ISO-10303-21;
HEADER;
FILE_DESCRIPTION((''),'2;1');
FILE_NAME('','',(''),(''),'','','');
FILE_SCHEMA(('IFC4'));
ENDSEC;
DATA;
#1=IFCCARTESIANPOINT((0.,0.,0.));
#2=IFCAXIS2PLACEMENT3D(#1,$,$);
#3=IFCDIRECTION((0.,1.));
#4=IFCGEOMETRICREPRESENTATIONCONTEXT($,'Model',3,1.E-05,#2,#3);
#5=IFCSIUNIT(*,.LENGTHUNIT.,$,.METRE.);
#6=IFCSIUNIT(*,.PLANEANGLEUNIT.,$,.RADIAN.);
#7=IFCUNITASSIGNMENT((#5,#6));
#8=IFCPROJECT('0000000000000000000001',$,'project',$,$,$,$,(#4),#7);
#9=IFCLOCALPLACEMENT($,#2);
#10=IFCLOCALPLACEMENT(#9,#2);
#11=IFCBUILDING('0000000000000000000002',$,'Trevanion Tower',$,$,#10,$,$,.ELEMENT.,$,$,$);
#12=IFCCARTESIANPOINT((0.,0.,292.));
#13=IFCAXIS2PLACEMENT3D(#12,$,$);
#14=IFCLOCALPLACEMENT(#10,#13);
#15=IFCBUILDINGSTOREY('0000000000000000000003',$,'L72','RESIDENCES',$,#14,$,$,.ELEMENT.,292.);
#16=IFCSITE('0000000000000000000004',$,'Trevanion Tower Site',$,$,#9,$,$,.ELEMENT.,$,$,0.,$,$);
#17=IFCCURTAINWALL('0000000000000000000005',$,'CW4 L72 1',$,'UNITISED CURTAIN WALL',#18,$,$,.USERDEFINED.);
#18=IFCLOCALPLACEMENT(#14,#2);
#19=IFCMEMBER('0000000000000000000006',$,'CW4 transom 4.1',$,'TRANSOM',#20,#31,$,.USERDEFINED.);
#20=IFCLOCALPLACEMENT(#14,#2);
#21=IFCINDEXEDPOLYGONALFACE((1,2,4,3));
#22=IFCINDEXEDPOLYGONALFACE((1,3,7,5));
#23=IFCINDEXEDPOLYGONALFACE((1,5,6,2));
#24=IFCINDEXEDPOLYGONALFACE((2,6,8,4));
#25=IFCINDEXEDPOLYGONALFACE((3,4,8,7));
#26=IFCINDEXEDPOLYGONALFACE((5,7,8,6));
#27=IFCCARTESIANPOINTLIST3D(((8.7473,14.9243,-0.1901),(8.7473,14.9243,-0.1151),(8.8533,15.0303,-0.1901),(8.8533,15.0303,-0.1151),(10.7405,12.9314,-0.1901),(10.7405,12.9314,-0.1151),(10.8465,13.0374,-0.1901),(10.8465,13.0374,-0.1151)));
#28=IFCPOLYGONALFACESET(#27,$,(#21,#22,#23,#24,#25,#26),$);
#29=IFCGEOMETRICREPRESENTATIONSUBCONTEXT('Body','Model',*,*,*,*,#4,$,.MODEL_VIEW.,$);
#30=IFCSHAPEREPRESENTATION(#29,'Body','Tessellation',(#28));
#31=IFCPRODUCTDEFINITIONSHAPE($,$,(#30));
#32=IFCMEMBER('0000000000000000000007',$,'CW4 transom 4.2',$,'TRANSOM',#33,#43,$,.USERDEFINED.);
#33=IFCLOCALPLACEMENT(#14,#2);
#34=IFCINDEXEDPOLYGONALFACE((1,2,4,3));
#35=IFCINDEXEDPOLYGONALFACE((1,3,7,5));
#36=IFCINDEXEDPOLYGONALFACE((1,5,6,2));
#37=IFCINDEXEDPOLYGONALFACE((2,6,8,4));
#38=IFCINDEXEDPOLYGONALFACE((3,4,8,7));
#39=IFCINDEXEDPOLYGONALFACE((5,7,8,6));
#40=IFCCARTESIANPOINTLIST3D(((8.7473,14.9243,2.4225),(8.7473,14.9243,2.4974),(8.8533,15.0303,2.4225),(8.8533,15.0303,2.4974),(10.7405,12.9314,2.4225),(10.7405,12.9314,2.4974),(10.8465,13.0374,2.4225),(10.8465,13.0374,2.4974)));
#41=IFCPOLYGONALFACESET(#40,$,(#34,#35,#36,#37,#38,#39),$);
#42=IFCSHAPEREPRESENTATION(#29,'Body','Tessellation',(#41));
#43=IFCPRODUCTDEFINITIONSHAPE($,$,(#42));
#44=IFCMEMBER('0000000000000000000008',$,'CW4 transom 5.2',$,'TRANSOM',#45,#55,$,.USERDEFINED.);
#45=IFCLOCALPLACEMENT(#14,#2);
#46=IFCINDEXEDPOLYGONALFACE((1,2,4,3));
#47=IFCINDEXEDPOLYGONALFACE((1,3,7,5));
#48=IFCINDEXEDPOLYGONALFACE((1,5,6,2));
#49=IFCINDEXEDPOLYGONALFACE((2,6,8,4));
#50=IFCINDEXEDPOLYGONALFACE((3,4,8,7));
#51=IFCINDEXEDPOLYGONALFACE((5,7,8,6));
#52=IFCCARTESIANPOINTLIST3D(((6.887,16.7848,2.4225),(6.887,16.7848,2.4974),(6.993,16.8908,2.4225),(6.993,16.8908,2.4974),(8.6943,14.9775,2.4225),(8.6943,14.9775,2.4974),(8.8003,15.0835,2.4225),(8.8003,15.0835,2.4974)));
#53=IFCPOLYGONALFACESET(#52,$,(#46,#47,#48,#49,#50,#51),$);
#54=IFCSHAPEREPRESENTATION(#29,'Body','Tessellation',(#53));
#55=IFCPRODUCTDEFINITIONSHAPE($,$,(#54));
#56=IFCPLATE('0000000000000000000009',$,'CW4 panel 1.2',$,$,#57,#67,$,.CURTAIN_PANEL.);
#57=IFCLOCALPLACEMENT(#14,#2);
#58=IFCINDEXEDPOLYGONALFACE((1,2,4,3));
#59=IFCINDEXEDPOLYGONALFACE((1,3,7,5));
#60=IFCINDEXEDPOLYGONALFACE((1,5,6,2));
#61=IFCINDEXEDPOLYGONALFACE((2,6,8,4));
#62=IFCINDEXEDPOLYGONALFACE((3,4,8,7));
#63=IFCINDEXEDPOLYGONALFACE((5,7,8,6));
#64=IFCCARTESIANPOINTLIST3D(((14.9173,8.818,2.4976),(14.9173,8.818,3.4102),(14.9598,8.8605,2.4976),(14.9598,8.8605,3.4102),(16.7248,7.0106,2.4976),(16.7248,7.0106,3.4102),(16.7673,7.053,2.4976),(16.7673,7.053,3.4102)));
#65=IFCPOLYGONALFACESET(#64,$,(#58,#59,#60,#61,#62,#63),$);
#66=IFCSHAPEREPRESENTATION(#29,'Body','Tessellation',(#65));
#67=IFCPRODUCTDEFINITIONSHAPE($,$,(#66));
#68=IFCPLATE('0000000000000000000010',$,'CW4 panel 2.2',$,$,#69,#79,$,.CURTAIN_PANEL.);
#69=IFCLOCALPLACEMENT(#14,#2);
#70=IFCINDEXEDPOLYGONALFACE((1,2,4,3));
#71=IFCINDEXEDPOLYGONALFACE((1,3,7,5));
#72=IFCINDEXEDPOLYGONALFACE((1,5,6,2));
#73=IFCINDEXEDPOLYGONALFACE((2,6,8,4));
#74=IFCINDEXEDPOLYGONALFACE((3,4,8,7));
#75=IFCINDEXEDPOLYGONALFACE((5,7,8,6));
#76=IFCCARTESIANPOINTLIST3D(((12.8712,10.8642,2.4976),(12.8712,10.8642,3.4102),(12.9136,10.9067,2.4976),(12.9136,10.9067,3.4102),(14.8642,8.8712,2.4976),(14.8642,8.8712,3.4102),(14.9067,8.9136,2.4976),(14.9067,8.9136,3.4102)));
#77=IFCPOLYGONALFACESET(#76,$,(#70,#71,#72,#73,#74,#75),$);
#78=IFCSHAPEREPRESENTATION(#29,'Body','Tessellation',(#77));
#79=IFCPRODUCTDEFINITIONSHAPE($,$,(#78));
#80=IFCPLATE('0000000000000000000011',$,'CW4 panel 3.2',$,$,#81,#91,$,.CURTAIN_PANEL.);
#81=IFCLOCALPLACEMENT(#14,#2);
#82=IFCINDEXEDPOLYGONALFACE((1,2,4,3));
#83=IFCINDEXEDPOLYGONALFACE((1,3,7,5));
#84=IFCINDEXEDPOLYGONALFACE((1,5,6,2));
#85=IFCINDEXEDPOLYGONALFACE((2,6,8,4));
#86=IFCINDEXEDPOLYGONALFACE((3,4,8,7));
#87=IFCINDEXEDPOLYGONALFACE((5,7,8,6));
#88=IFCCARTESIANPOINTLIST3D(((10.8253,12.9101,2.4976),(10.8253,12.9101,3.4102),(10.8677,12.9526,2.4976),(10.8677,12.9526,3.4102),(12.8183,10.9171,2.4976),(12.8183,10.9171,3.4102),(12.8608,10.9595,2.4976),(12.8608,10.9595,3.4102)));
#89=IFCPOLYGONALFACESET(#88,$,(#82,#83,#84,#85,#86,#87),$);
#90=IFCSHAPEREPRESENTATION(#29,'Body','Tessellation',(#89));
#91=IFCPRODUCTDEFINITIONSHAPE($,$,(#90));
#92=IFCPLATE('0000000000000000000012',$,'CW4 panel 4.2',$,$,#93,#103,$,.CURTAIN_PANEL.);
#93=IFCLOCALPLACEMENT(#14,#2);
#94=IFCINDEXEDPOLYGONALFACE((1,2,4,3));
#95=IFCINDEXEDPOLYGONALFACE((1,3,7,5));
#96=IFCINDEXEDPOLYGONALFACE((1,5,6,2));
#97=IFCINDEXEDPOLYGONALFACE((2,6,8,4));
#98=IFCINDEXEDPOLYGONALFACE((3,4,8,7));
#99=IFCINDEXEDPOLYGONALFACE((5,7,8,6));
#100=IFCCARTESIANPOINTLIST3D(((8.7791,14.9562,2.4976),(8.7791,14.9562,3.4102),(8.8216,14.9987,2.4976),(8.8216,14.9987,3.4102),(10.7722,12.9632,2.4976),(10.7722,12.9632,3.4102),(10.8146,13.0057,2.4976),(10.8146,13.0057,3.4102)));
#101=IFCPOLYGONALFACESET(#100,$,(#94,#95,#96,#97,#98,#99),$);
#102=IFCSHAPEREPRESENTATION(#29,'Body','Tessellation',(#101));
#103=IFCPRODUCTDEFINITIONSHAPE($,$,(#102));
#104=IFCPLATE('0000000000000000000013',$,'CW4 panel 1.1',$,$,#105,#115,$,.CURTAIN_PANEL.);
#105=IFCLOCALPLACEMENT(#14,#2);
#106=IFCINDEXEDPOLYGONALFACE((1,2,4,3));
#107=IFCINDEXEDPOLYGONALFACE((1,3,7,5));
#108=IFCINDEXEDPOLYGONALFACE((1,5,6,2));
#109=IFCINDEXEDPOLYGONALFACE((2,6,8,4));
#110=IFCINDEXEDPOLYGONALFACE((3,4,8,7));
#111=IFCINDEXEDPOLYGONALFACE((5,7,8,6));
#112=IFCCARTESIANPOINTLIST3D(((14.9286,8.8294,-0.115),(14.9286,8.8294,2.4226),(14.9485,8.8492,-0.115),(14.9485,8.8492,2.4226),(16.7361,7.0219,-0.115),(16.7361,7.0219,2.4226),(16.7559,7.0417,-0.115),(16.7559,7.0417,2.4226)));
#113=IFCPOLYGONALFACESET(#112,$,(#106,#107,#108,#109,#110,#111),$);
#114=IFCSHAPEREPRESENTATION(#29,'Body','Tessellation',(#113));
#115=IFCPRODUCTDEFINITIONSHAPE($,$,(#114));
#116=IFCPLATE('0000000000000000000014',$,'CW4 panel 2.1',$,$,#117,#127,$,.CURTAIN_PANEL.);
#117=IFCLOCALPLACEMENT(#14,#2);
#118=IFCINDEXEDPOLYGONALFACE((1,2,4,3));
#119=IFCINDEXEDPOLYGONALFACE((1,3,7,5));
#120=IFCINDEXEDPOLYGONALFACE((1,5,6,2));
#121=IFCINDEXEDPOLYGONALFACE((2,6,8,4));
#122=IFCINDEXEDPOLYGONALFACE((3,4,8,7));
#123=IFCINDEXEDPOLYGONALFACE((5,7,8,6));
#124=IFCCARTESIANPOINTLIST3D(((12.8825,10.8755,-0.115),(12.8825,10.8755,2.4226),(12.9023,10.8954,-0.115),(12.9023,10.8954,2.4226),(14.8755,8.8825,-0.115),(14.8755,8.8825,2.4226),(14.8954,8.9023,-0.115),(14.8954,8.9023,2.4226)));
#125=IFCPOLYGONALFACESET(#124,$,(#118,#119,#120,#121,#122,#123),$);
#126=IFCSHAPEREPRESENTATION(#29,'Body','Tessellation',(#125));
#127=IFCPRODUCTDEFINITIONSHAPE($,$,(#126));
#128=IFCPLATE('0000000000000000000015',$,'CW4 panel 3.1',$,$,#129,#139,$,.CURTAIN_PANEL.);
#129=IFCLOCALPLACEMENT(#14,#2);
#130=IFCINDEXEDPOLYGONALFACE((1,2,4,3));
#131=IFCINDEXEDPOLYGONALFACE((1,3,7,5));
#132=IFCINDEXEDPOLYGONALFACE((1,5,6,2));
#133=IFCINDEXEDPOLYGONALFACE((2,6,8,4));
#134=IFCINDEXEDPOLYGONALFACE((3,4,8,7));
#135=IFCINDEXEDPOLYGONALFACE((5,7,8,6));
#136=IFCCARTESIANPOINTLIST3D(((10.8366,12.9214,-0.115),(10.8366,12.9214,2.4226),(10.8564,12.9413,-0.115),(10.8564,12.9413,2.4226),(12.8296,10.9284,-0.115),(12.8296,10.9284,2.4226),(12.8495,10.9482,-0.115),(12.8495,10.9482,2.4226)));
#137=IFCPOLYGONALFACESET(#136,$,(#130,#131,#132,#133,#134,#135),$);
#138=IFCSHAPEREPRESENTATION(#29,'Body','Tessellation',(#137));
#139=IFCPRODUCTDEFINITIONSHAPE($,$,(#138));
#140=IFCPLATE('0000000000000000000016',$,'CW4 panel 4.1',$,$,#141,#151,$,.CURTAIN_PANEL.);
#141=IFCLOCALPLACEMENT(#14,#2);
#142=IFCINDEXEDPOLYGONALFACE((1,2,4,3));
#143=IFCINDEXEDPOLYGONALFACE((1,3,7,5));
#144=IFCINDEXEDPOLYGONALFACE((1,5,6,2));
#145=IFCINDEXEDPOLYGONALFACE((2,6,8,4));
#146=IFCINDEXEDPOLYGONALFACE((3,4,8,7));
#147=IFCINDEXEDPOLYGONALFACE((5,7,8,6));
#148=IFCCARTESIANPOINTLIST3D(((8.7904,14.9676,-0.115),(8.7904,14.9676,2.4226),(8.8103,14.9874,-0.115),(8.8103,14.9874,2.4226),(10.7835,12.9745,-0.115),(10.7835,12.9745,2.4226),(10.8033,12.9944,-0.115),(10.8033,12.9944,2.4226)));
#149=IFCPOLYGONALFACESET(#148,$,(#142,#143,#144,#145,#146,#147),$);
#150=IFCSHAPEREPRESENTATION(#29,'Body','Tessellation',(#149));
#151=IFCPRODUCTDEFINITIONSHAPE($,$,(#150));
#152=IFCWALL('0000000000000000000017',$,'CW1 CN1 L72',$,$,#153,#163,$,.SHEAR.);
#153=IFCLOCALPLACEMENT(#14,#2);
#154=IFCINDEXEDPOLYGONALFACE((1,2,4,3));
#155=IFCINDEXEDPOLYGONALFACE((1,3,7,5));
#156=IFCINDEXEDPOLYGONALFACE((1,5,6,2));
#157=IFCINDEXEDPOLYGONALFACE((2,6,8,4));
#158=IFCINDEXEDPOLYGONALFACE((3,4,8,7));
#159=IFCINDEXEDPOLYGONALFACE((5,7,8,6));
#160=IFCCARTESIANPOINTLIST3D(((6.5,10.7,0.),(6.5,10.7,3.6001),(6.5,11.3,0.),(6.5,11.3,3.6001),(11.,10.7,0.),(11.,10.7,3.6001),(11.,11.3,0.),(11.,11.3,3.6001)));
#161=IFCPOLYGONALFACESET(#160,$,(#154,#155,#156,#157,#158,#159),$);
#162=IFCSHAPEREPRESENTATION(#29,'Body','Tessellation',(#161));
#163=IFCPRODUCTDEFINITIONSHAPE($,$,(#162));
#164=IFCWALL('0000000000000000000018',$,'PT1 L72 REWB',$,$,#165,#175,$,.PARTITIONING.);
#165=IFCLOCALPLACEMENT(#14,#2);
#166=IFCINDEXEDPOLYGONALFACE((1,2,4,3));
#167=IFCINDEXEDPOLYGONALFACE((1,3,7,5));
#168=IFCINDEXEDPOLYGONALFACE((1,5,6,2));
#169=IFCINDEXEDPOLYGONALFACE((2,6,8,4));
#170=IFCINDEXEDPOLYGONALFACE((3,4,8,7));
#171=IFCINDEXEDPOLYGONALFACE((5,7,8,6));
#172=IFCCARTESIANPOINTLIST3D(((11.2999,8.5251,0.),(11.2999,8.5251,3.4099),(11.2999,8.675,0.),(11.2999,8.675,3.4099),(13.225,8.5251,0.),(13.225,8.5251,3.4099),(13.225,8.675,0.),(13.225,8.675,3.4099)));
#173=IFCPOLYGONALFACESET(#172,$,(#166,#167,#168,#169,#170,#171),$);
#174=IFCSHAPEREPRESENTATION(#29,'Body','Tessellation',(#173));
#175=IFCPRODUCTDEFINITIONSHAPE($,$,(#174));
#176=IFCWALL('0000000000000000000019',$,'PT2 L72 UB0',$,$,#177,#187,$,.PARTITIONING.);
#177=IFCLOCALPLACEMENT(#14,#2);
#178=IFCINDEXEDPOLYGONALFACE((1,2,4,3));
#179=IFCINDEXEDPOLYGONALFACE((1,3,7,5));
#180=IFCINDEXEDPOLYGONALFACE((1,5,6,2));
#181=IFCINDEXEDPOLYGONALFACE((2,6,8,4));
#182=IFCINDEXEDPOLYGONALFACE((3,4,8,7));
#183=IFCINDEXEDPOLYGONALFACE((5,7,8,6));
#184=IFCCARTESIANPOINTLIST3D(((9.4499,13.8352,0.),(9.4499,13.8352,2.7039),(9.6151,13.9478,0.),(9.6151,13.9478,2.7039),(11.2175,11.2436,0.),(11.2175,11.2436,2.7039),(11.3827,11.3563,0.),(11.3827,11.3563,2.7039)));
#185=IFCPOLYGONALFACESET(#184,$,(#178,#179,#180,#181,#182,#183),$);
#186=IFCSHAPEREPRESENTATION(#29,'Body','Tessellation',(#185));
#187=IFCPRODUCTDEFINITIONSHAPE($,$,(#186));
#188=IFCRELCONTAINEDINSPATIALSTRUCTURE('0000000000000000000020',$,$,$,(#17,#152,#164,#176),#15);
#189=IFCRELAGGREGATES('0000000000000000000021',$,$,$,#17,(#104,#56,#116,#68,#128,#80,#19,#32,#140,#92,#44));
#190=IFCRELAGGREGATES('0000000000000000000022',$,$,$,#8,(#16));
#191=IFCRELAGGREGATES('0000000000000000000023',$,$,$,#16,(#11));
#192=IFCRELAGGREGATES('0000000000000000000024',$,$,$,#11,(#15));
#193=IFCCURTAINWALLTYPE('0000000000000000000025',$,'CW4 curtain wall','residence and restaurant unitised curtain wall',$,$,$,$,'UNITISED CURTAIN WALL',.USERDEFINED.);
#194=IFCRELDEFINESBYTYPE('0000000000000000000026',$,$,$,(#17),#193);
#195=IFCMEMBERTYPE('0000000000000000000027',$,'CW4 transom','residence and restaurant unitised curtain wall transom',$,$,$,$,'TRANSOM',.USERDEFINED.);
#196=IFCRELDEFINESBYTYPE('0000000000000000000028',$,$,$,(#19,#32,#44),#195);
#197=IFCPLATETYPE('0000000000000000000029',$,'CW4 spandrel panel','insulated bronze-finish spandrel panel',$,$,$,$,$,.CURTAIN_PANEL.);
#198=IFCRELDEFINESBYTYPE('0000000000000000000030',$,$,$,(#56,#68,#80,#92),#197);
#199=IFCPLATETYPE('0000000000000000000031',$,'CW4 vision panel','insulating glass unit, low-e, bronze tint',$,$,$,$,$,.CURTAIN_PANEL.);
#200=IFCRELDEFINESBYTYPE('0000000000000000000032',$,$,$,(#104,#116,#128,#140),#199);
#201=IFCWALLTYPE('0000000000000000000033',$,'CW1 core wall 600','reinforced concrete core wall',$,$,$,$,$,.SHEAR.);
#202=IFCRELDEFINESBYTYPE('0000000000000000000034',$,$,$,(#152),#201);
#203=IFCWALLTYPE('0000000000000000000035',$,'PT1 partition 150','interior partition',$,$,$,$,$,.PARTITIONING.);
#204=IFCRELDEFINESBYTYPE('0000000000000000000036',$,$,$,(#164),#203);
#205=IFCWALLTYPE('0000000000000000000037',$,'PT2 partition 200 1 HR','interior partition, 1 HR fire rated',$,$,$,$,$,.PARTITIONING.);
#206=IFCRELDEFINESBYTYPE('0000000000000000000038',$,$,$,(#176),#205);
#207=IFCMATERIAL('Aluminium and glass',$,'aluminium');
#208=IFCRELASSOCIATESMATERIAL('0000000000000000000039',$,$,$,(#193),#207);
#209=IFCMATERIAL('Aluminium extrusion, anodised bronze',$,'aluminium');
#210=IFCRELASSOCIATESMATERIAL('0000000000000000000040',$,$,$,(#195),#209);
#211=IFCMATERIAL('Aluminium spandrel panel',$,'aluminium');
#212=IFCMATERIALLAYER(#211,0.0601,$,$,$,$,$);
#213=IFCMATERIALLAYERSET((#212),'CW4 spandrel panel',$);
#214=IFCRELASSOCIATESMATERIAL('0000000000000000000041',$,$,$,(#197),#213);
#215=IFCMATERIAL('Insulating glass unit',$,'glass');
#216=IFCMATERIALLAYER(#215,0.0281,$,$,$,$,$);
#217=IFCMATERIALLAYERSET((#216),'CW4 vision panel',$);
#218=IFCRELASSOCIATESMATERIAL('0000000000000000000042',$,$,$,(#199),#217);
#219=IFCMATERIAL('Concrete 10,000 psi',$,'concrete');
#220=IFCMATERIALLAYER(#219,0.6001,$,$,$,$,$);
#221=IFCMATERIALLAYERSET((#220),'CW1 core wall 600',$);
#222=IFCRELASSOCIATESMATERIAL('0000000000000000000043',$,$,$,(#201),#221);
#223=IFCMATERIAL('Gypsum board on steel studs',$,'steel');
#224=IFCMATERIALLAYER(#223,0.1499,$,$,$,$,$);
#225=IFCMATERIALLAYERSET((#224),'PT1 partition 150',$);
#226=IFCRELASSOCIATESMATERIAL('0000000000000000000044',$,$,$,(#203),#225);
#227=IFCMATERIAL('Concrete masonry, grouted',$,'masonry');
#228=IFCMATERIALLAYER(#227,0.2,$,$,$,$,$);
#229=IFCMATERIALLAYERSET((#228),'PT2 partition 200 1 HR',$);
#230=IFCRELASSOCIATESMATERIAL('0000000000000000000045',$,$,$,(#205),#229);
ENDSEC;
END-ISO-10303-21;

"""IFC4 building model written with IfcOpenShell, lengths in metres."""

from ifc_helpers import new_model, si_unit, direction, frame, frame_2d, origin, origin_2d, place, context, subcontext, project, spatial, rectangle, extrude, material, layer, layer_set, material_profile, profile_set, type_object, element, aggregate, save


model = new_model("IFC4")

# Units and contexts
model_context = context("Model", 3, precision=1e-05, world=origin(), true_north=direction((0.0, 1.0)))
body_context = subcontext(model_context, "Body", "Model", "MODEL_VIEW")
ifc_project = project(units=[si_unit("LENGTHUNIT", "METRE"), si_unit("PLANEANGLEUNIT", "RADIAN")], contexts=[model_context])

# Site, building, storey
site_placement = place(None, origin())
site = spatial("IfcSite", under=ifc_project, at=site_placement, Name="Trevanion Tower Site", CompositionType="ELEMENT", RefElevation=0.0)
building_placement = place(site_placement, origin())
building = spatial("IfcBuilding", under=site, at=building_placement, Name="Trevanion Tower", CompositionType="ELEMENT")
storey_placement = place(building_placement, frame((0.0, 0.0, 292.0)))
storey = spatial("IfcBuildingStorey", under=building, at=storey_placement, Name="L72", Description="RESIDENCES", CompositionType="ELEMENT", Elevation=292.0)

# Curtain wall
ifc_material_1 = material(Name="Aluminium and glass", Category="aluminium")
curtain_wall_type = type_object("IfcCurtainWallType", Name="CW4 curtain wall", Description="residence and restaurant unitised curtain wall", ElementType="UNITISED CURTAIN WALL", PredefinedType="USERDEFINED", material=ifc_material_1)
curtain_wall_1_placement = place(storey_placement, origin())
curtain_wall_1 = element("IfcCurtainWall", 1, at=curtain_wall_1_placement, inside=storey, type_object=curtain_wall_type, Name="CW4 L72 1", ObjectType="UNITISED CURTAIN WALL", PredefinedType="USERDEFINED")

# Members
ifc_material_2 = material(Name="Aluminium extrusion, anodised bronze", Category="aluminium")
ifc_material_profile_1 = material_profile(ifc_material_2, rectangle(XDim=0.1499, YDim=0.075, at=origin_2d()), Name="CW4 transom")
ifc_profile_set_1 = profile_set([ifc_material_profile_1], Name="Aluminium extrusion, anodised bronze")
member_type_1 = type_object("IfcMemberType", Name="CW4 transom", Description="residence and restaurant unitised curtain wall transom", ElementType="TRANSOM", PredefinedType="USERDEFINED", material=ifc_profile_set_1)
member_1_placement = place(storey_placement, frame((10.7935, 12.9844, -0.1526), z_axis=(-0.70715, 0.707063, 0.0), x_axis=(-0.707063, -0.70715, 0.0)))
member_1 = element("IfcMember", 2, at=member_1_placement, type_object=member_type_1, Name="CW4 transom 4.1", ObjectType="TRANSOM", PredefinedType="USERDEFINED", context=body_context, shape_type="SweptSolid", body=[
    extrude(rectangle(XDim=0.1499, YDim=0.075, at=origin_2d()), origin(), (0.0, 0.0, 1.0), 2.8186),
])
member_2_placement = place(storey_placement, frame((10.7935, 12.9844, 2.46), z_axis=(-0.70715, 0.707063, 0.0), x_axis=(-0.707063, -0.70715, 0.0)))
member_2 = element("IfcMember", 3, at=member_2_placement, type_object=member_type_1, Name="CW4 transom 4.2", ObjectType="TRANSOM", PredefinedType="USERDEFINED", context=body_context, shape_type="SweptSolid", body=[
    extrude(rectangle(XDim=0.1499, YDim=0.075, at=origin_2d()), origin(), (0.0, 0.0, 1.0), 2.8186),
])
member_3_placement = place(storey_placement, frame((8.7473, 15.0305, 2.46), z_axis=(-0.707107, 0.707107, 0.0), x_axis=(-0.707107, -0.707107, 0.0)))
member_3 = element("IfcMember", 4, at=member_3_placement, type_object=member_type_1, Name="CW4 transom 5.2", ObjectType="TRANSOM", PredefinedType="USERDEFINED", context=body_context, shape_type="SweptSolid", body=[
    extrude(rectangle(XDim=0.1499, YDim=0.075, at=origin_2d()), origin(), (0.0, 0.0, 1.0), 2.5559),
])

# Plates
ifc_material_3 = material(Name="Aluminium spandrel panel", Category="aluminium")
ifc_layer_1 = layer(ifc_material_3, 0.0601)
ifc_layer_set_1 = layer_set([ifc_layer_1], Name="CW4 spandrel panel")
plate_type_1 = type_object("IfcPlateType", Name="CW4 spandrel panel", Description="insulated bronze-finish spandrel panel", PredefinedType="CURTAIN_PANEL", material=ifc_layer_set_1)
plate_1_placement = place(storey_placement, frame((15.8423, 7.9355, 2.4976), z_axis=(0.0, 0.0, 1.0), x_axis=(-0.707107, 0.707107, 0.0)))
plate_1 = element("IfcPlate", 5, at=plate_1_placement, type_object=plate_type_1, Name="CW4 panel 1.2", PredefinedType="CURTAIN_PANEL", context=body_context, shape_type="SweptSolid", body=[
    extrude(rectangle(XDim=2.5562, YDim=0.0601, at=origin_2d()), origin(), (0.0, 0.0, 1.0), 0.9126),
])
plate_2_placement = place(storey_placement, frame((13.8889, 9.8889, 2.4976), z_axis=(0.0, 0.0, 1.0), x_axis=(-0.707107, 0.707107, 0.0)))
plate_2 = element("IfcPlate", 6, at=plate_2_placement, type_object=plate_type_1, Name="CW4 panel 2.2", PredefinedType="CURTAIN_PANEL", context=body_context, shape_type="SweptSolid", body=[
    extrude(rectangle(XDim=2.8186, YDim=0.0601, at=origin_2d()), origin(), (0.0, 0.0, 1.0), 0.9126),
])
plate_3_placement = place(storey_placement, frame((11.843, 11.9348, 2.4976), z_axis=(0.0, 0.0, 1.0), x_axis=(-0.707107, 0.707107, 0.0)))
plate_3 = element("IfcPlate", 7, at=plate_3_placement, type_object=plate_type_1, Name="CW4 panel 3.2", PredefinedType="CURTAIN_PANEL", context=body_context, shape_type="SweptSolid", body=[
    extrude(rectangle(XDim=2.8186, YDim=0.0601, at=origin_2d()), origin(), (0.0, 0.0, 1.0), 0.9126),
])
plate_4_placement = place(storey_placement, frame((9.7969, 13.981, 2.4976), z_axis=(0.0, 0.0, 1.0), x_axis=(-0.707107, 0.707107, 0.0)))
plate_4 = element("IfcPlate", 8, at=plate_4_placement, type_object=plate_type_1, Name="CW4 panel 4.2", PredefinedType="CURTAIN_PANEL", context=body_context, shape_type="SweptSolid", body=[
    extrude(rectangle(XDim=2.8186, YDim=0.0601, at=origin_2d()), origin(), (0.0, 0.0, 1.0), 0.9126),
])
ifc_material_4 = material(Name="Insulating glass unit", Category="glass")
ifc_layer_2 = layer(ifc_material_4, 0.0281)
ifc_layer_set_2 = layer_set([ifc_layer_2], Name="CW4 vision panel")
plate_type_2 = type_object("IfcPlateType", Name="CW4 vision panel", Description="insulating glass unit, low-e, bronze tint", PredefinedType="CURTAIN_PANEL", material=ifc_layer_set_2)
plate_5_placement = place(storey_placement, frame((15.8423, 7.9355, -0.115), z_axis=(0.0, 0.0, 1.0), x_axis=(-0.707107, 0.707107, 0.0)))
plate_5 = element("IfcPlate", 9, at=plate_5_placement, type_object=plate_type_2, Name="CW4 panel 1.1", PredefinedType="CURTAIN_PANEL", context=body_context, shape_type="SweptSolid", body=[
    extrude(rectangle(XDim=2.5562, YDim=0.0281, at=origin_2d()), origin(), (0.0, 0.0, 1.0), 2.5376),
])
plate_6_placement = place(storey_placement, frame((13.8889, 9.8889, -0.115), z_axis=(0.0, 0.0, 1.0), x_axis=(-0.707107, 0.707107, 0.0)))
plate_6 = element("IfcPlate", 10, at=plate_6_placement, type_object=plate_type_2, Name="CW4 panel 2.1", PredefinedType="CURTAIN_PANEL", context=body_context, shape_type="SweptSolid", body=[
    extrude(rectangle(XDim=2.8186, YDim=0.0281, at=origin_2d()), origin(), (0.0, 0.0, 1.0), 2.5376),
])
plate_7_placement = place(storey_placement, frame((11.843, 11.9348, -0.115), z_axis=(0.0, 0.0, 1.0), x_axis=(-0.707107, 0.707107, 0.0)))
plate_7 = element("IfcPlate", 11, at=plate_7_placement, type_object=plate_type_2, Name="CW4 panel 3.1", PredefinedType="CURTAIN_PANEL", context=body_context, shape_type="SweptSolid", body=[
    extrude(rectangle(XDim=2.8186, YDim=0.0281, at=origin_2d()), origin(), (0.0, 0.0, 1.0), 2.5376),
])
plate_8_placement = place(storey_placement, frame((9.7969, 13.981, -0.115), z_axis=(0.0, 0.0, 1.0), x_axis=(-0.707107, 0.707107, 0.0)))
plate_8 = element("IfcPlate", 12, at=plate_8_placement, type_object=plate_type_2, Name="CW4 panel 4.1", PredefinedType="CURTAIN_PANEL", context=body_context, shape_type="SweptSolid", body=[
    extrude(rectangle(XDim=2.8186, YDim=0.0281, at=origin_2d()), origin(), (0.0, 0.0, 1.0), 2.5376),
])
aggregate(curtain_wall_1, [plate_5, plate_1, plate_6, plate_2, plate_7, plate_3, member_1, member_2, plate_8, plate_4, member_3])

# Walls
ifc_material_5 = material(Name="Concrete 10,000 psi", Category="concrete")
ifc_layer_3 = layer(ifc_material_5, 0.6001)
ifc_layer_set_3 = layer_set([ifc_layer_3], Name="CW1 core wall 600")
wall_type_1 = type_object("IfcWallType", Name="CW1 core wall 600", Description="reinforced concrete core wall", PredefinedType="SHEAR", material=ifc_layer_set_3)
wall_1_placement = place(storey_placement, frame((11.0, 11.0, 0.0), z_axis=(0.0, 0.0, 1.0), x_axis=(-1.0, 0.0, 0.0)))
element("IfcWall", 13, at=wall_1_placement, inside=storey, type_object=wall_type_1, Name="CW1 CN1 L72", PredefinedType="SHEAR", context=body_context, shape_type="SweptSolid", body=[
    extrude(rectangle(XDim=4.5, YDim=0.6001, at=frame_2d((2.25, 0.0))), origin(), (0.0, 0.0, 1.0), 3.6001),
])
ifc_material_6 = material(Name="Gypsum board on steel studs", Category="steel")
ifc_layer_4 = layer(ifc_material_6, 0.1499)
ifc_layer_set_4 = layer_set([ifc_layer_4], Name="PT1 partition 150")
wall_type_2 = type_object("IfcWallType", Name="PT1 partition 150", Description="interior partition", PredefinedType="PARTITIONING", material=ifc_layer_set_4)
wall_2_placement = place(storey_placement, frame((11.3, 8.6001, 0.0), z_axis=(0.0, 0.0, 1.0), x_axis=(1.0, 0.0, 0.0)))
element("IfcWall", 14, at=wall_2_placement, inside=storey, type_object=wall_type_2, Name="PT1 L72 REWB", PredefinedType="PARTITIONING", context=body_context, shape_type="SweptSolid", body=[
    extrude(rectangle(XDim=1.925, YDim=0.1499, at=frame_2d((0.9624, 0.0))), origin(), (0.0, 0.0, 1.0), 3.4099),
])
ifc_material_7 = material(Name="Concrete masonry, grouted", Category="masonry")
ifc_layer_5 = layer(ifc_material_7, 0.2)
ifc_layer_set_5 = layer_set([ifc_layer_5], Name="PT2 partition 200 1 HR")
wall_type_3 = type_object("IfcWallType", Name="PT2 partition 200 1 HR", Description="interior partition, 1 HR fire rated", PredefinedType="PARTITIONING", material=ifc_layer_set_5)
wall_3_placement = place(storey_placement, frame((11.3, 11.3, 0.0), z_axis=(0.0, 0.0, 1.0), x_axis=(-0.56347, 0.826137, 0.0)))
element("IfcWall", 15, at=wall_3_placement, inside=storey, type_object=wall_type_3, Name="PT2 L72 UB0", PredefinedType="PARTITIONING", context=body_context, shape_type="SweptSolid", body=[
    extrude(rectangle(XDim=3.137, YDim=0.2, at=frame_2d((1.5684, 0.0))), origin(), (0.0, 0.0, 1.0), 2.7039),
])

save(model, "model.ifc")
